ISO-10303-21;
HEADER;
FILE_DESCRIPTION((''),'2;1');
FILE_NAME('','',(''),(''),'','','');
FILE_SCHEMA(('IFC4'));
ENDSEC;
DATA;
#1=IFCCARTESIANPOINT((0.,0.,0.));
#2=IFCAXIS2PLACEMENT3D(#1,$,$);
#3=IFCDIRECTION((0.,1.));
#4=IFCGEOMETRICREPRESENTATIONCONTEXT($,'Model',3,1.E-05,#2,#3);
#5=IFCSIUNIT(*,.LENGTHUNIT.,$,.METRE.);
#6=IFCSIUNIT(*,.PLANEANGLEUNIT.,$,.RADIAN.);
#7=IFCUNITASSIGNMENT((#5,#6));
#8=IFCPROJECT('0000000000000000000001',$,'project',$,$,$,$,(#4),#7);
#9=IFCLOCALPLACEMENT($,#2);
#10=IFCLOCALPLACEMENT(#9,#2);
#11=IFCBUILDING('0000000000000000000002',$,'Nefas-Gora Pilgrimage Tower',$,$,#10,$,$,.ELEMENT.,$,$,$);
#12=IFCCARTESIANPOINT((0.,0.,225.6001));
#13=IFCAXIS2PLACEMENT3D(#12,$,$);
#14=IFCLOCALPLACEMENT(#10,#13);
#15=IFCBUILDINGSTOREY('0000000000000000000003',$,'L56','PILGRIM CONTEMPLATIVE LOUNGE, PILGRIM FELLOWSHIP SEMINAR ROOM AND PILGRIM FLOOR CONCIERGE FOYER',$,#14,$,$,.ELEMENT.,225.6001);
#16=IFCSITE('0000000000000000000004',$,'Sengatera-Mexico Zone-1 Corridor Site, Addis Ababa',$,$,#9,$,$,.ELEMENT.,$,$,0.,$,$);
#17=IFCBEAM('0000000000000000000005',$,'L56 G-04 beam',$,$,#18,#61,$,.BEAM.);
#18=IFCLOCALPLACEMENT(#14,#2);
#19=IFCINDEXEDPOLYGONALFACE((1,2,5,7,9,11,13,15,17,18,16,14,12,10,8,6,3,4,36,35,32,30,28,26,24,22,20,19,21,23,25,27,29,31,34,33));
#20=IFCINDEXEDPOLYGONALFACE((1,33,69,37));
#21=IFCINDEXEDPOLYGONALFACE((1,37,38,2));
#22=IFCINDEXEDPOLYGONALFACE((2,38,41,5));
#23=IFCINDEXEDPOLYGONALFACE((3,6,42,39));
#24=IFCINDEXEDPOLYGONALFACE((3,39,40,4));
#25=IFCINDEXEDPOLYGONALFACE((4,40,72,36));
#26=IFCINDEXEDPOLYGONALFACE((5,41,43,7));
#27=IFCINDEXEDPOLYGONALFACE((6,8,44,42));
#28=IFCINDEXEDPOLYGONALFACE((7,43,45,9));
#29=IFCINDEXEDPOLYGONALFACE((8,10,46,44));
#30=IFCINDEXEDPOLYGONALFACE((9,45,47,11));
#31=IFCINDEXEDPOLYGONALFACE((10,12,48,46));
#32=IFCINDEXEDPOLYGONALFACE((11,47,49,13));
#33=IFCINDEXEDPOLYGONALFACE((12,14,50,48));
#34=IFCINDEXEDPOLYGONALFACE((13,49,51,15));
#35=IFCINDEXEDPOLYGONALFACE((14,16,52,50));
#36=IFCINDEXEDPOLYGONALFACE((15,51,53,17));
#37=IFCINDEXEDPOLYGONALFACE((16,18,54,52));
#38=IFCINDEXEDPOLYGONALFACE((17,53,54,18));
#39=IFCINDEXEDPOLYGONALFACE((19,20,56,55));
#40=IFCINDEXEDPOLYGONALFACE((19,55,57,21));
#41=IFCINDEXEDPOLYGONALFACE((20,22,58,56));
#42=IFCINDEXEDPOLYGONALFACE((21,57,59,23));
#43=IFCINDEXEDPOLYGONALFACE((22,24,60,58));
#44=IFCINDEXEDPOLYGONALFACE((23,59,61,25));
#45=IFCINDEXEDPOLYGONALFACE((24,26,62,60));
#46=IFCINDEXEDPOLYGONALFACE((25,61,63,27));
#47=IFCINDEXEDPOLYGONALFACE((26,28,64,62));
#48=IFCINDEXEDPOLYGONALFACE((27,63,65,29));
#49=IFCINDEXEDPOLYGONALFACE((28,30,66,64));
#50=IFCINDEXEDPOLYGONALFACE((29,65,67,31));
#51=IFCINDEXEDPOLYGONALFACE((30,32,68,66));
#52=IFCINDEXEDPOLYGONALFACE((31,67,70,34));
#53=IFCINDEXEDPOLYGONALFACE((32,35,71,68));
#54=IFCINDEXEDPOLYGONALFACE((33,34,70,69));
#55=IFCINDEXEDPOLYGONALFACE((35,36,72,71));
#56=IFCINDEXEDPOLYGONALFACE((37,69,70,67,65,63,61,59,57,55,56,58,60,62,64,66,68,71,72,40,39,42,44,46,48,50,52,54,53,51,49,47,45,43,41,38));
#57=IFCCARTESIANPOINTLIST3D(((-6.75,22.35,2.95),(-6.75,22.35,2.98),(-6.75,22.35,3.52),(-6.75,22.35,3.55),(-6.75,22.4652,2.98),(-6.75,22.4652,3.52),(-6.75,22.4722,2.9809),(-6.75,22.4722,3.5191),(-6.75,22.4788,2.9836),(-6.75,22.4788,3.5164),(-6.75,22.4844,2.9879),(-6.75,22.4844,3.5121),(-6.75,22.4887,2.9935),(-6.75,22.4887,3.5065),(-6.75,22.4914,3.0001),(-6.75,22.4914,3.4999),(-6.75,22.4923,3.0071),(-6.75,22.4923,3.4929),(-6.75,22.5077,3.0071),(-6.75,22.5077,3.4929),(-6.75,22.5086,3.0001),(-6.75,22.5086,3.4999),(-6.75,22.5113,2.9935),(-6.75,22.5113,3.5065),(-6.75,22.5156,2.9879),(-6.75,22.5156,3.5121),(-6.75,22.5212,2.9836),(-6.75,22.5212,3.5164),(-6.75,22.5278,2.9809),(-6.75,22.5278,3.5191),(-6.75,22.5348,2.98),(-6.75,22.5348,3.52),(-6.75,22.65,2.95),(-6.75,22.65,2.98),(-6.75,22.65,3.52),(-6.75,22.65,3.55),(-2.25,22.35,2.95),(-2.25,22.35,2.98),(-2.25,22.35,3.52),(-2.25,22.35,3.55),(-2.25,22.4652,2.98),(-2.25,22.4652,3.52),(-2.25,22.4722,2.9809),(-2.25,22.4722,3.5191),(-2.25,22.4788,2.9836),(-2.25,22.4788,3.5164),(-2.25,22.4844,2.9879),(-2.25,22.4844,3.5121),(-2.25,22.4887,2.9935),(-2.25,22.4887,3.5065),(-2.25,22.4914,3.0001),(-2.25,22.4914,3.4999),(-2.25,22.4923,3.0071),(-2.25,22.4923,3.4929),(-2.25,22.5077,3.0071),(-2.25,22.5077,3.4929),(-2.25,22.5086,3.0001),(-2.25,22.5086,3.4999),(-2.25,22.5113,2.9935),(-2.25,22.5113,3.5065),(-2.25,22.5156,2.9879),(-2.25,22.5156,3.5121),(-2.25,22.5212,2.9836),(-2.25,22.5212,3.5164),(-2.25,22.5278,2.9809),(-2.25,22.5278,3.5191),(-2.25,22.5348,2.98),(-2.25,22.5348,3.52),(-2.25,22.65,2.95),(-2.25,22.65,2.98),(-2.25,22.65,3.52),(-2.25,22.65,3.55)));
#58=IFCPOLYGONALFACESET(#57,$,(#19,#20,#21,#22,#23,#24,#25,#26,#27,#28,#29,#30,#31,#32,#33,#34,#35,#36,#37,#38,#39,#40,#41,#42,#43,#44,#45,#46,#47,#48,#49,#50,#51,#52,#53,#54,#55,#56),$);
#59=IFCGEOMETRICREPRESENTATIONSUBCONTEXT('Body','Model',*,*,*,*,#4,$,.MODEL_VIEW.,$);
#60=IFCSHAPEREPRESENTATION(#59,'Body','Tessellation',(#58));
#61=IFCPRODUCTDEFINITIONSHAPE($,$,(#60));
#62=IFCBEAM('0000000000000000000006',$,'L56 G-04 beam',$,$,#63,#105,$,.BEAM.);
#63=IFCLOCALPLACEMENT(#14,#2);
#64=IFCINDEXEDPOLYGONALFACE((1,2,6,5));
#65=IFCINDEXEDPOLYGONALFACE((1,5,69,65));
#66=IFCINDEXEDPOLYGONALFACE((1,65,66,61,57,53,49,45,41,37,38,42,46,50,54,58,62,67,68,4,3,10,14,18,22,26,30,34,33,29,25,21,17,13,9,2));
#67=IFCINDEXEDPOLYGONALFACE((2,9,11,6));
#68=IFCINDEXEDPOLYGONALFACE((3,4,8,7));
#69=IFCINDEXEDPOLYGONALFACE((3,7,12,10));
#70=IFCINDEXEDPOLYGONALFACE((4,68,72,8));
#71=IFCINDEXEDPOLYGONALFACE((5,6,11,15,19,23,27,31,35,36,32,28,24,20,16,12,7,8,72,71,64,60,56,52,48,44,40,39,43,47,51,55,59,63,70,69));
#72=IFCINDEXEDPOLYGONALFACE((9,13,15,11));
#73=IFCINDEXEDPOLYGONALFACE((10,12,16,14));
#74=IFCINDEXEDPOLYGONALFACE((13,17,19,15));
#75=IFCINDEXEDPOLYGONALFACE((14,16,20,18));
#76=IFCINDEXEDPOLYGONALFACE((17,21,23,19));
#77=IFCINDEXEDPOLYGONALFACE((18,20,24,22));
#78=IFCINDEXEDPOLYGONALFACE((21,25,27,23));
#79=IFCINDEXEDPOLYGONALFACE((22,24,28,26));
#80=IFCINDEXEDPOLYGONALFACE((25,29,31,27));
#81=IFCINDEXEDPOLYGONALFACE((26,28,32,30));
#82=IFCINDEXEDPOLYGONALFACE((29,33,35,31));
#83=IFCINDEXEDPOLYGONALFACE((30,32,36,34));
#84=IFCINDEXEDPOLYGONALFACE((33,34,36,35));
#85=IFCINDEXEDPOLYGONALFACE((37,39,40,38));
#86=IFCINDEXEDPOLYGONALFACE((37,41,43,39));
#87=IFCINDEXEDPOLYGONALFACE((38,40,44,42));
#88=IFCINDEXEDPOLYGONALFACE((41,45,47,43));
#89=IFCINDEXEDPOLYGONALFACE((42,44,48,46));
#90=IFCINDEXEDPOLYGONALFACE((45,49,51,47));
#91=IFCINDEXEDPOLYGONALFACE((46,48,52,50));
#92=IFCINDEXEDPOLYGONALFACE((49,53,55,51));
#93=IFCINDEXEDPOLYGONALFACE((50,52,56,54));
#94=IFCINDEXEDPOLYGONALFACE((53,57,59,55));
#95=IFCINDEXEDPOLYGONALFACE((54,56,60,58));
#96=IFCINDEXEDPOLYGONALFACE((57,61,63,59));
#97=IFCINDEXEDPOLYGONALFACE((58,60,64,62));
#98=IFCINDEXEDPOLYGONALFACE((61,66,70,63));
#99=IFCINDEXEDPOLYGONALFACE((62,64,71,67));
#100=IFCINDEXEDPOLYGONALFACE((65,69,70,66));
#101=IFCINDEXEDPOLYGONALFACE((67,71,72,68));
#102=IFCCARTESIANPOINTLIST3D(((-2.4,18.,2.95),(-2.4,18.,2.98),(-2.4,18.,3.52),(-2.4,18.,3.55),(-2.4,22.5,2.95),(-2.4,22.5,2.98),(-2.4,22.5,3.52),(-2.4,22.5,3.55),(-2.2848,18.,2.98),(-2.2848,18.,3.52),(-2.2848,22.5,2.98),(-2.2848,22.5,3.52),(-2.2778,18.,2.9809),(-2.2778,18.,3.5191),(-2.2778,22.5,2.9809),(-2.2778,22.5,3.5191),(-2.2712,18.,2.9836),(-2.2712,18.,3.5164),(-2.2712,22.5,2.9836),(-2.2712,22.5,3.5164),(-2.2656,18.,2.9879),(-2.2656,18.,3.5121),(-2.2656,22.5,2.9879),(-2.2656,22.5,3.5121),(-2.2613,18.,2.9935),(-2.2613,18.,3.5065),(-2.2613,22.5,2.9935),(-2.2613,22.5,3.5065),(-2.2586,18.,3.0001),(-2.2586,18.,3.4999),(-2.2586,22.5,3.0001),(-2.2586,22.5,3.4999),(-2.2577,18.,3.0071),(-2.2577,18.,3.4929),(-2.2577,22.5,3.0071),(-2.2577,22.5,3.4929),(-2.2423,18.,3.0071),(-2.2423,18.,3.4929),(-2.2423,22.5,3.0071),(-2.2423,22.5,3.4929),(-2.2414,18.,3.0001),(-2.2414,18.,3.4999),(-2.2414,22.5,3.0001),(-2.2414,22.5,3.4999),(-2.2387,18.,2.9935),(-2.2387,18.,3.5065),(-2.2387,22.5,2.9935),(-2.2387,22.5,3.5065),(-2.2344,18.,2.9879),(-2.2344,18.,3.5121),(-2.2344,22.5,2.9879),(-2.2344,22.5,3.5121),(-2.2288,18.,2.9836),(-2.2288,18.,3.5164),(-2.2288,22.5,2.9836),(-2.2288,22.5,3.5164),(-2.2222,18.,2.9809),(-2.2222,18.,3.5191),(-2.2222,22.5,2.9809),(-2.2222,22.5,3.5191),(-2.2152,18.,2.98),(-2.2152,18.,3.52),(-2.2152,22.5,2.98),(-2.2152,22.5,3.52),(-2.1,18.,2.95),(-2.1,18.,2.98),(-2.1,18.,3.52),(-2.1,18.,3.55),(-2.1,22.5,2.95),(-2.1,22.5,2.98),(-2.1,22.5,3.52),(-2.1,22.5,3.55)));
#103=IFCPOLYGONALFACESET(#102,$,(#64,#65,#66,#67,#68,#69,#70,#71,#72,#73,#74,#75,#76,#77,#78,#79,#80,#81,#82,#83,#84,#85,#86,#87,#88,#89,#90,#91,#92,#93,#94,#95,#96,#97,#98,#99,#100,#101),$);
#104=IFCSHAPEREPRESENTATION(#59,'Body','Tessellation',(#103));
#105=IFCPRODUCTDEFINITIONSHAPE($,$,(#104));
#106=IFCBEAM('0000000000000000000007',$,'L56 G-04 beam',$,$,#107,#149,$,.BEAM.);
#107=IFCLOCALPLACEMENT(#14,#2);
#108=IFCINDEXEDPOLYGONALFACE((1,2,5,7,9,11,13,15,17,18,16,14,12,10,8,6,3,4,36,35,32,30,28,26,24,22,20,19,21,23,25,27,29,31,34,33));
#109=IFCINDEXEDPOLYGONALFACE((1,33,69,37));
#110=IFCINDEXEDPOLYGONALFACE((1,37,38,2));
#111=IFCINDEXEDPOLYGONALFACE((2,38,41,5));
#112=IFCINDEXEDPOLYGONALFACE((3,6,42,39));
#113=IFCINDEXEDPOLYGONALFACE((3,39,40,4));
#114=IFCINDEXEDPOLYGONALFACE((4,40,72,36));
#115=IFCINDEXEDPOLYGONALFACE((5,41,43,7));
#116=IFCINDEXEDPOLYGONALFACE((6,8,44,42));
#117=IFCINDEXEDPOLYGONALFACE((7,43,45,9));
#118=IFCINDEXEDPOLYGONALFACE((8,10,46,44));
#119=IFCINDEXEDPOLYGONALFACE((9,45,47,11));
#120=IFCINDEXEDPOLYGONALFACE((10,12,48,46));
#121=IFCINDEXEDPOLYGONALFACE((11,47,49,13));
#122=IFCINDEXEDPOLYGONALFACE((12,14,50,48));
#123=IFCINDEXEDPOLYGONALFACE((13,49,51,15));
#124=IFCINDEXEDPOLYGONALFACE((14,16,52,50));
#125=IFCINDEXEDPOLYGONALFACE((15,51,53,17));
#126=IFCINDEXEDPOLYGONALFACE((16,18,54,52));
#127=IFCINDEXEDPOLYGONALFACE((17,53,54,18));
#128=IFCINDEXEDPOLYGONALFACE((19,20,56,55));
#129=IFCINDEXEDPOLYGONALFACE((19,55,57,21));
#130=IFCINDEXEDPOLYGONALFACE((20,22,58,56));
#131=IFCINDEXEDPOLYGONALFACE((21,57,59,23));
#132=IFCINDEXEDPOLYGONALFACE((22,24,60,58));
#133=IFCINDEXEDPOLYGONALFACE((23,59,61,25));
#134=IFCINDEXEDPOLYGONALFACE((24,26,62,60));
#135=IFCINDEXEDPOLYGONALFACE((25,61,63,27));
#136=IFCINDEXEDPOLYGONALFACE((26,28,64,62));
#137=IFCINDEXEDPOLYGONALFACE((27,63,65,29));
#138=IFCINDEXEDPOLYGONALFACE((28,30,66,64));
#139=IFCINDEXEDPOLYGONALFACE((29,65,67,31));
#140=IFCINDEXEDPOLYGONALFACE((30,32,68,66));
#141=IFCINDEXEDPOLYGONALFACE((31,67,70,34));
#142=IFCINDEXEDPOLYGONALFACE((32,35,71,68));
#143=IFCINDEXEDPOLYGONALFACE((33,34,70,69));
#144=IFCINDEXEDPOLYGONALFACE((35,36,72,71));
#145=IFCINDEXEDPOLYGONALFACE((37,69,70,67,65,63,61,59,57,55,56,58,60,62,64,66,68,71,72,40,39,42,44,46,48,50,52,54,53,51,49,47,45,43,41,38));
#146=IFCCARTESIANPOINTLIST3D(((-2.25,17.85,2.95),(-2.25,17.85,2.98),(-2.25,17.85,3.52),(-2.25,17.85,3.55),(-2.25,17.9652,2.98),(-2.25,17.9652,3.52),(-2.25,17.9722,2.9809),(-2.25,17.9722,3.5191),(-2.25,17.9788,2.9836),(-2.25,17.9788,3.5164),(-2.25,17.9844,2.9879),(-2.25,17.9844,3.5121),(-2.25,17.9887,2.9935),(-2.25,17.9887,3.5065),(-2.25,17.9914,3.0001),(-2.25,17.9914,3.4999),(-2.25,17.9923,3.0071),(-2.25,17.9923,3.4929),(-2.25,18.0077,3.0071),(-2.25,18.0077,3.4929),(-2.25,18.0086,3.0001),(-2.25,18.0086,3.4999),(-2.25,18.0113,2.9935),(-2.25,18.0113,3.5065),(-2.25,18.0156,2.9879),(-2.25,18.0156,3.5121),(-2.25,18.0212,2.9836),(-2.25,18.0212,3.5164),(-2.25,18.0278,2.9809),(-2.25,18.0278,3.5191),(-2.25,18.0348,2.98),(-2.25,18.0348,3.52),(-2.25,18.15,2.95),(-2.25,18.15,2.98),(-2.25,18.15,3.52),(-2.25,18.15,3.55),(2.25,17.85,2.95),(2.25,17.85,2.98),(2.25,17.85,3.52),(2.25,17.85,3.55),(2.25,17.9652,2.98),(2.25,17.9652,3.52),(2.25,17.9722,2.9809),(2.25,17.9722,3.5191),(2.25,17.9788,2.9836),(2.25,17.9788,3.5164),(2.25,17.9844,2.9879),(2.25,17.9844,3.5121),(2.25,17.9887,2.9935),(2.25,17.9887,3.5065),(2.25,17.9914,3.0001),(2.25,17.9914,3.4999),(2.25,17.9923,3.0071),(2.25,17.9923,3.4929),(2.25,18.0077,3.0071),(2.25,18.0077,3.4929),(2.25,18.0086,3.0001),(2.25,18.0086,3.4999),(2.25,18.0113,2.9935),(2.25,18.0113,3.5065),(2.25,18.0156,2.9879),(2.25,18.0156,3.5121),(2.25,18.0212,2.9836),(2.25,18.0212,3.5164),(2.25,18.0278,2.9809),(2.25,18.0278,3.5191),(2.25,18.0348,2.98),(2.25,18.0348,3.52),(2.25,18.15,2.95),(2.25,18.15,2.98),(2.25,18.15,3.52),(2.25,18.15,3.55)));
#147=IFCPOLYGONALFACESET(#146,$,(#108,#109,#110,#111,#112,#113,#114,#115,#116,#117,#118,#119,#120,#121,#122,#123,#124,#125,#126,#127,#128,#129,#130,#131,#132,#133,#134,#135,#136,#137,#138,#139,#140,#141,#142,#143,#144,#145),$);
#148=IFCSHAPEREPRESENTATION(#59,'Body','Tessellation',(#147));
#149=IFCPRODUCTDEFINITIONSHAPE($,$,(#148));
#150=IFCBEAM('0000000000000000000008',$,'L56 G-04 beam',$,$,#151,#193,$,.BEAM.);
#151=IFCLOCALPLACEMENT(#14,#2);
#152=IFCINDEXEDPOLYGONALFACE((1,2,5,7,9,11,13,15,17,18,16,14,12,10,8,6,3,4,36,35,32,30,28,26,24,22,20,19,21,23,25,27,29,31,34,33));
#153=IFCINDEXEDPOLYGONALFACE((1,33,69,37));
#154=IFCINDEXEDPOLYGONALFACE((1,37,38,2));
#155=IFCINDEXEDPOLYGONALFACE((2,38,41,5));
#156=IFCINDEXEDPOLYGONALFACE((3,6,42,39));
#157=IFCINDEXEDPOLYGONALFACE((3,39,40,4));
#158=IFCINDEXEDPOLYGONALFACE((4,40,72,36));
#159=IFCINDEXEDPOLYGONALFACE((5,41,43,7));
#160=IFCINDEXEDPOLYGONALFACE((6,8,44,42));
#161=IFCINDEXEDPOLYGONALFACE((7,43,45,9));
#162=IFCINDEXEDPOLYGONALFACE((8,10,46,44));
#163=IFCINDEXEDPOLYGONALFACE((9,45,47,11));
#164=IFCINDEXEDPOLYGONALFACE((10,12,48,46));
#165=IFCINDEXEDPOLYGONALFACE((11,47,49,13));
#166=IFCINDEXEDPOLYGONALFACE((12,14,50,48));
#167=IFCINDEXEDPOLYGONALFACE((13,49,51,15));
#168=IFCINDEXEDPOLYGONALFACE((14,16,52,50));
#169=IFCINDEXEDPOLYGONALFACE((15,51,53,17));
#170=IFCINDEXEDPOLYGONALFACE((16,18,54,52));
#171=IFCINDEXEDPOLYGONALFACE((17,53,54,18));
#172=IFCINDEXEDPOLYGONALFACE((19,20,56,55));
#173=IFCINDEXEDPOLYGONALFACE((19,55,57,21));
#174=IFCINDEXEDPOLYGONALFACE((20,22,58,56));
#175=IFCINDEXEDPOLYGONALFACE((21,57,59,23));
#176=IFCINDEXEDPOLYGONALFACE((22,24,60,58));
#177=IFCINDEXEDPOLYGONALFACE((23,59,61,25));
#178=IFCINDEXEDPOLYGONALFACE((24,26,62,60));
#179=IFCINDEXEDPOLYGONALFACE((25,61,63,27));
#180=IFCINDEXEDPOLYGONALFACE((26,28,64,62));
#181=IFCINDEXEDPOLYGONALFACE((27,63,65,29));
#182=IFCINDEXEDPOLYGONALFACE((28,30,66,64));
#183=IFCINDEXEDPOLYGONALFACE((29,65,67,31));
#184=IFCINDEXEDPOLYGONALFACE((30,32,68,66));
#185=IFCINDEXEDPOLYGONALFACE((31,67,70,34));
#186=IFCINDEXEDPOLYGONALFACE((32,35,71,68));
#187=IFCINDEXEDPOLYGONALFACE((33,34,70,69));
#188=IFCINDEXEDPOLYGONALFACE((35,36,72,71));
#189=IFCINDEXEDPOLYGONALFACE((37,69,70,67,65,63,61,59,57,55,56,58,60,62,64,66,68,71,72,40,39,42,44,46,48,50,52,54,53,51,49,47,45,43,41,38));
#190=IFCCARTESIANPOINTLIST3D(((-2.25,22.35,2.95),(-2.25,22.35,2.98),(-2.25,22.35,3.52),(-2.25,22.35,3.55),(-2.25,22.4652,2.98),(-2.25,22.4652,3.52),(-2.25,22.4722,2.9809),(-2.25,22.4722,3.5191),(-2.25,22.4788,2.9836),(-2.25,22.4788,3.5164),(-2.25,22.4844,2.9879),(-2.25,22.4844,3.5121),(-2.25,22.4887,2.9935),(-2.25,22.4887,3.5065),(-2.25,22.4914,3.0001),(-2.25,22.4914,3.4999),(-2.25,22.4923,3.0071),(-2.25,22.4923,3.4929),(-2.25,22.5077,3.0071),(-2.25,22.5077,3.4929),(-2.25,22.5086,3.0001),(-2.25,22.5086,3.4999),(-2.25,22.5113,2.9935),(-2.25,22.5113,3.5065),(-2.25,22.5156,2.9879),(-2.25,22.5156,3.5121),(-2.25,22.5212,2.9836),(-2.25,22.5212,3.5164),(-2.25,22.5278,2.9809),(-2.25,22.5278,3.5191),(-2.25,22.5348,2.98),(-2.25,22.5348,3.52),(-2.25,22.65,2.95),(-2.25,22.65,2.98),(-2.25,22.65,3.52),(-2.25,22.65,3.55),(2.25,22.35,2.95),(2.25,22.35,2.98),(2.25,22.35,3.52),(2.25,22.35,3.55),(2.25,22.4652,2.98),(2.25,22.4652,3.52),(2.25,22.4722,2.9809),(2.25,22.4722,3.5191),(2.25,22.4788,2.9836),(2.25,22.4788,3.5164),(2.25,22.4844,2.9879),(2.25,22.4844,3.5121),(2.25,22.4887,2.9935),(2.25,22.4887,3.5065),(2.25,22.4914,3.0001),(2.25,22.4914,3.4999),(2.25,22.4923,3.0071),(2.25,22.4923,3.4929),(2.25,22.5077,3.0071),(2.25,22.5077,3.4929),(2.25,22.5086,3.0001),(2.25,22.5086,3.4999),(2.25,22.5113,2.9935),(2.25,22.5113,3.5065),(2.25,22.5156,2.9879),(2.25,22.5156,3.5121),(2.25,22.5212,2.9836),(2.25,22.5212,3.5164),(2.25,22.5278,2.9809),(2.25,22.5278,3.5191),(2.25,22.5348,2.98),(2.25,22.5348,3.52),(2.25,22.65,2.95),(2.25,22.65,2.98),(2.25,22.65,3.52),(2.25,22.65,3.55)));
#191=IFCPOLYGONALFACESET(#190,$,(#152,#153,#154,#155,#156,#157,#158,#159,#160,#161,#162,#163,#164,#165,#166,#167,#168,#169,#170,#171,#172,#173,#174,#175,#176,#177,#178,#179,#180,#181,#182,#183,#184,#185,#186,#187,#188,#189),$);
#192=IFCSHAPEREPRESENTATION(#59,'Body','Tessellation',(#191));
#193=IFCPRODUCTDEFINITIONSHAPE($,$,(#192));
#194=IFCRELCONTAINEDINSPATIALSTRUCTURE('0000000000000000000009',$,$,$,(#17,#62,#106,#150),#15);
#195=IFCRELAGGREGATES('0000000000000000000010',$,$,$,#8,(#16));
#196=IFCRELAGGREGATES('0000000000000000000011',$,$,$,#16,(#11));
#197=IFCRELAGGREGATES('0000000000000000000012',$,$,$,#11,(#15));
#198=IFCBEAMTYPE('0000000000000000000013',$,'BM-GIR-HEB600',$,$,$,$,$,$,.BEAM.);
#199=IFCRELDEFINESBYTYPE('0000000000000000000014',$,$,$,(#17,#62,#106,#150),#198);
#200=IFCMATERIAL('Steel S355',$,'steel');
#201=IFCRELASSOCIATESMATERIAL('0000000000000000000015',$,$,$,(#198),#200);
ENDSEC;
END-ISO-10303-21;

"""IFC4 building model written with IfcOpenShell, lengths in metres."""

from ifc_helpers import new_model, si_unit, direction, frame, origin, origin_2d, place, context, subcontext, project, spatial, i_section, extrude, source, transform, mapped, material, material_profile, profile_set, type_object, element, save


model = new_model("IFC4")

# Units and contexts
model_context = context("Model", 3, precision=1e-05, world=origin(), true_north=direction((0.0, 1.0)))
body_context = subcontext(model_context, "Body", "Model", "MODEL_VIEW")
ifc_project = project(units=[si_unit("LENGTHUNIT", "METRE"), si_unit("PLANEANGLEUNIT", "RADIAN")], contexts=[model_context])

# Site, building, storey
site_placement = place(None, origin())
site = spatial("IfcSite", under=ifc_project, at=site_placement, Name="Sengatera-Mexico Zone-1 Corridor Site, Addis Ababa", CompositionType="ELEMENT", RefElevation=0.0)
building_placement = place(site_placement, origin())
building = spatial("IfcBuilding", under=site, at=building_placement, Name="Nefas-Gora Pilgrimage Tower", CompositionType="ELEMENT")
storey_placement = place(building_placement, frame((0.0, 0.0, 225.6001)))
storey = spatial("IfcBuildingStorey", under=building, at=storey_placement, Name="L56", Description="PILGRIM CONTEMPLATIVE LOUNGE, PILGRIM FELLOWSHIP SEMINAR ROOM AND PILGRIM FLOOR CONCIERGE FOYER", CompositionType="ELEMENT", Elevation=225.6001)

# Beams
ifc_material_1 = material(Name="Steel S355", Category="steel")
ifc_material_profile_1 = material_profile(ifc_material_1, i_section(OverallWidth=0.3, OverallDepth=0.6001, WebThickness=0.0154, FlangeThickness=0.03, FilletRadius=0.0271, at=origin_2d()), Name="HEB 600")
ifc_profile_set_1 = profile_set([ifc_material_profile_1], Name="Steel S355")
beam_type = type_object("IfcBeamType", Name="BM-GIR-HEB600", PredefinedType="BEAM", material=ifc_profile_set_1)
shared_shape_1 = source(origin(), body_context, "Body", "SweptSolid", [
    extrude(i_section(OverallWidth=0.3, OverallDepth=0.6001, WebThickness=0.0154, FlangeThickness=0.03, FilletRadius=0.0271, at=origin_2d()), origin(), (0.0, 0.0, 1.0), 4.5),
])
for number, where, z_axis, x_axis, name in (
    (1, (-6.75, 22.5, 3.25), (1.0, 0.0, 0.0), (0.0, 1.0, 0.0), "L56 G-04 beam"),
    (2, (-2.25, 18.0, 3.25), (0.0, 1.0, 0.0), (-1.0, 0.0, 0.0), "L56 G-04 beam"),
    (3, (-2.25, 18.0, 3.25), (1.0, 0.0, 0.0), (0.0, 1.0, 0.0), "L56 G-04 beam"),
    (4, (-2.25, 22.5, 3.25), (1.0, 0.0, 0.0), (0.0, 1.0, 0.0), "L56 G-04 beam"),
):
    element("IfcBeam", number, at=place(storey_placement, frame(where, z_axis=z_axis, x_axis=x_axis)), inside=storey, type_object=beam_type, Name=name, PredefinedType="BEAM", context=body_context, shape_type="MappedRepresentation", body=[
        mapped(shared_shape_1, transform((0.0, 0.0, 0.0), x_axis=(1.0, 0.0, 0.0), y_axis=(0.0, 1.0, 0.0), z_axis=(0.0, 0.0, 1.0), scale=1.0)),
    ])

save(model, "model.ifc")
